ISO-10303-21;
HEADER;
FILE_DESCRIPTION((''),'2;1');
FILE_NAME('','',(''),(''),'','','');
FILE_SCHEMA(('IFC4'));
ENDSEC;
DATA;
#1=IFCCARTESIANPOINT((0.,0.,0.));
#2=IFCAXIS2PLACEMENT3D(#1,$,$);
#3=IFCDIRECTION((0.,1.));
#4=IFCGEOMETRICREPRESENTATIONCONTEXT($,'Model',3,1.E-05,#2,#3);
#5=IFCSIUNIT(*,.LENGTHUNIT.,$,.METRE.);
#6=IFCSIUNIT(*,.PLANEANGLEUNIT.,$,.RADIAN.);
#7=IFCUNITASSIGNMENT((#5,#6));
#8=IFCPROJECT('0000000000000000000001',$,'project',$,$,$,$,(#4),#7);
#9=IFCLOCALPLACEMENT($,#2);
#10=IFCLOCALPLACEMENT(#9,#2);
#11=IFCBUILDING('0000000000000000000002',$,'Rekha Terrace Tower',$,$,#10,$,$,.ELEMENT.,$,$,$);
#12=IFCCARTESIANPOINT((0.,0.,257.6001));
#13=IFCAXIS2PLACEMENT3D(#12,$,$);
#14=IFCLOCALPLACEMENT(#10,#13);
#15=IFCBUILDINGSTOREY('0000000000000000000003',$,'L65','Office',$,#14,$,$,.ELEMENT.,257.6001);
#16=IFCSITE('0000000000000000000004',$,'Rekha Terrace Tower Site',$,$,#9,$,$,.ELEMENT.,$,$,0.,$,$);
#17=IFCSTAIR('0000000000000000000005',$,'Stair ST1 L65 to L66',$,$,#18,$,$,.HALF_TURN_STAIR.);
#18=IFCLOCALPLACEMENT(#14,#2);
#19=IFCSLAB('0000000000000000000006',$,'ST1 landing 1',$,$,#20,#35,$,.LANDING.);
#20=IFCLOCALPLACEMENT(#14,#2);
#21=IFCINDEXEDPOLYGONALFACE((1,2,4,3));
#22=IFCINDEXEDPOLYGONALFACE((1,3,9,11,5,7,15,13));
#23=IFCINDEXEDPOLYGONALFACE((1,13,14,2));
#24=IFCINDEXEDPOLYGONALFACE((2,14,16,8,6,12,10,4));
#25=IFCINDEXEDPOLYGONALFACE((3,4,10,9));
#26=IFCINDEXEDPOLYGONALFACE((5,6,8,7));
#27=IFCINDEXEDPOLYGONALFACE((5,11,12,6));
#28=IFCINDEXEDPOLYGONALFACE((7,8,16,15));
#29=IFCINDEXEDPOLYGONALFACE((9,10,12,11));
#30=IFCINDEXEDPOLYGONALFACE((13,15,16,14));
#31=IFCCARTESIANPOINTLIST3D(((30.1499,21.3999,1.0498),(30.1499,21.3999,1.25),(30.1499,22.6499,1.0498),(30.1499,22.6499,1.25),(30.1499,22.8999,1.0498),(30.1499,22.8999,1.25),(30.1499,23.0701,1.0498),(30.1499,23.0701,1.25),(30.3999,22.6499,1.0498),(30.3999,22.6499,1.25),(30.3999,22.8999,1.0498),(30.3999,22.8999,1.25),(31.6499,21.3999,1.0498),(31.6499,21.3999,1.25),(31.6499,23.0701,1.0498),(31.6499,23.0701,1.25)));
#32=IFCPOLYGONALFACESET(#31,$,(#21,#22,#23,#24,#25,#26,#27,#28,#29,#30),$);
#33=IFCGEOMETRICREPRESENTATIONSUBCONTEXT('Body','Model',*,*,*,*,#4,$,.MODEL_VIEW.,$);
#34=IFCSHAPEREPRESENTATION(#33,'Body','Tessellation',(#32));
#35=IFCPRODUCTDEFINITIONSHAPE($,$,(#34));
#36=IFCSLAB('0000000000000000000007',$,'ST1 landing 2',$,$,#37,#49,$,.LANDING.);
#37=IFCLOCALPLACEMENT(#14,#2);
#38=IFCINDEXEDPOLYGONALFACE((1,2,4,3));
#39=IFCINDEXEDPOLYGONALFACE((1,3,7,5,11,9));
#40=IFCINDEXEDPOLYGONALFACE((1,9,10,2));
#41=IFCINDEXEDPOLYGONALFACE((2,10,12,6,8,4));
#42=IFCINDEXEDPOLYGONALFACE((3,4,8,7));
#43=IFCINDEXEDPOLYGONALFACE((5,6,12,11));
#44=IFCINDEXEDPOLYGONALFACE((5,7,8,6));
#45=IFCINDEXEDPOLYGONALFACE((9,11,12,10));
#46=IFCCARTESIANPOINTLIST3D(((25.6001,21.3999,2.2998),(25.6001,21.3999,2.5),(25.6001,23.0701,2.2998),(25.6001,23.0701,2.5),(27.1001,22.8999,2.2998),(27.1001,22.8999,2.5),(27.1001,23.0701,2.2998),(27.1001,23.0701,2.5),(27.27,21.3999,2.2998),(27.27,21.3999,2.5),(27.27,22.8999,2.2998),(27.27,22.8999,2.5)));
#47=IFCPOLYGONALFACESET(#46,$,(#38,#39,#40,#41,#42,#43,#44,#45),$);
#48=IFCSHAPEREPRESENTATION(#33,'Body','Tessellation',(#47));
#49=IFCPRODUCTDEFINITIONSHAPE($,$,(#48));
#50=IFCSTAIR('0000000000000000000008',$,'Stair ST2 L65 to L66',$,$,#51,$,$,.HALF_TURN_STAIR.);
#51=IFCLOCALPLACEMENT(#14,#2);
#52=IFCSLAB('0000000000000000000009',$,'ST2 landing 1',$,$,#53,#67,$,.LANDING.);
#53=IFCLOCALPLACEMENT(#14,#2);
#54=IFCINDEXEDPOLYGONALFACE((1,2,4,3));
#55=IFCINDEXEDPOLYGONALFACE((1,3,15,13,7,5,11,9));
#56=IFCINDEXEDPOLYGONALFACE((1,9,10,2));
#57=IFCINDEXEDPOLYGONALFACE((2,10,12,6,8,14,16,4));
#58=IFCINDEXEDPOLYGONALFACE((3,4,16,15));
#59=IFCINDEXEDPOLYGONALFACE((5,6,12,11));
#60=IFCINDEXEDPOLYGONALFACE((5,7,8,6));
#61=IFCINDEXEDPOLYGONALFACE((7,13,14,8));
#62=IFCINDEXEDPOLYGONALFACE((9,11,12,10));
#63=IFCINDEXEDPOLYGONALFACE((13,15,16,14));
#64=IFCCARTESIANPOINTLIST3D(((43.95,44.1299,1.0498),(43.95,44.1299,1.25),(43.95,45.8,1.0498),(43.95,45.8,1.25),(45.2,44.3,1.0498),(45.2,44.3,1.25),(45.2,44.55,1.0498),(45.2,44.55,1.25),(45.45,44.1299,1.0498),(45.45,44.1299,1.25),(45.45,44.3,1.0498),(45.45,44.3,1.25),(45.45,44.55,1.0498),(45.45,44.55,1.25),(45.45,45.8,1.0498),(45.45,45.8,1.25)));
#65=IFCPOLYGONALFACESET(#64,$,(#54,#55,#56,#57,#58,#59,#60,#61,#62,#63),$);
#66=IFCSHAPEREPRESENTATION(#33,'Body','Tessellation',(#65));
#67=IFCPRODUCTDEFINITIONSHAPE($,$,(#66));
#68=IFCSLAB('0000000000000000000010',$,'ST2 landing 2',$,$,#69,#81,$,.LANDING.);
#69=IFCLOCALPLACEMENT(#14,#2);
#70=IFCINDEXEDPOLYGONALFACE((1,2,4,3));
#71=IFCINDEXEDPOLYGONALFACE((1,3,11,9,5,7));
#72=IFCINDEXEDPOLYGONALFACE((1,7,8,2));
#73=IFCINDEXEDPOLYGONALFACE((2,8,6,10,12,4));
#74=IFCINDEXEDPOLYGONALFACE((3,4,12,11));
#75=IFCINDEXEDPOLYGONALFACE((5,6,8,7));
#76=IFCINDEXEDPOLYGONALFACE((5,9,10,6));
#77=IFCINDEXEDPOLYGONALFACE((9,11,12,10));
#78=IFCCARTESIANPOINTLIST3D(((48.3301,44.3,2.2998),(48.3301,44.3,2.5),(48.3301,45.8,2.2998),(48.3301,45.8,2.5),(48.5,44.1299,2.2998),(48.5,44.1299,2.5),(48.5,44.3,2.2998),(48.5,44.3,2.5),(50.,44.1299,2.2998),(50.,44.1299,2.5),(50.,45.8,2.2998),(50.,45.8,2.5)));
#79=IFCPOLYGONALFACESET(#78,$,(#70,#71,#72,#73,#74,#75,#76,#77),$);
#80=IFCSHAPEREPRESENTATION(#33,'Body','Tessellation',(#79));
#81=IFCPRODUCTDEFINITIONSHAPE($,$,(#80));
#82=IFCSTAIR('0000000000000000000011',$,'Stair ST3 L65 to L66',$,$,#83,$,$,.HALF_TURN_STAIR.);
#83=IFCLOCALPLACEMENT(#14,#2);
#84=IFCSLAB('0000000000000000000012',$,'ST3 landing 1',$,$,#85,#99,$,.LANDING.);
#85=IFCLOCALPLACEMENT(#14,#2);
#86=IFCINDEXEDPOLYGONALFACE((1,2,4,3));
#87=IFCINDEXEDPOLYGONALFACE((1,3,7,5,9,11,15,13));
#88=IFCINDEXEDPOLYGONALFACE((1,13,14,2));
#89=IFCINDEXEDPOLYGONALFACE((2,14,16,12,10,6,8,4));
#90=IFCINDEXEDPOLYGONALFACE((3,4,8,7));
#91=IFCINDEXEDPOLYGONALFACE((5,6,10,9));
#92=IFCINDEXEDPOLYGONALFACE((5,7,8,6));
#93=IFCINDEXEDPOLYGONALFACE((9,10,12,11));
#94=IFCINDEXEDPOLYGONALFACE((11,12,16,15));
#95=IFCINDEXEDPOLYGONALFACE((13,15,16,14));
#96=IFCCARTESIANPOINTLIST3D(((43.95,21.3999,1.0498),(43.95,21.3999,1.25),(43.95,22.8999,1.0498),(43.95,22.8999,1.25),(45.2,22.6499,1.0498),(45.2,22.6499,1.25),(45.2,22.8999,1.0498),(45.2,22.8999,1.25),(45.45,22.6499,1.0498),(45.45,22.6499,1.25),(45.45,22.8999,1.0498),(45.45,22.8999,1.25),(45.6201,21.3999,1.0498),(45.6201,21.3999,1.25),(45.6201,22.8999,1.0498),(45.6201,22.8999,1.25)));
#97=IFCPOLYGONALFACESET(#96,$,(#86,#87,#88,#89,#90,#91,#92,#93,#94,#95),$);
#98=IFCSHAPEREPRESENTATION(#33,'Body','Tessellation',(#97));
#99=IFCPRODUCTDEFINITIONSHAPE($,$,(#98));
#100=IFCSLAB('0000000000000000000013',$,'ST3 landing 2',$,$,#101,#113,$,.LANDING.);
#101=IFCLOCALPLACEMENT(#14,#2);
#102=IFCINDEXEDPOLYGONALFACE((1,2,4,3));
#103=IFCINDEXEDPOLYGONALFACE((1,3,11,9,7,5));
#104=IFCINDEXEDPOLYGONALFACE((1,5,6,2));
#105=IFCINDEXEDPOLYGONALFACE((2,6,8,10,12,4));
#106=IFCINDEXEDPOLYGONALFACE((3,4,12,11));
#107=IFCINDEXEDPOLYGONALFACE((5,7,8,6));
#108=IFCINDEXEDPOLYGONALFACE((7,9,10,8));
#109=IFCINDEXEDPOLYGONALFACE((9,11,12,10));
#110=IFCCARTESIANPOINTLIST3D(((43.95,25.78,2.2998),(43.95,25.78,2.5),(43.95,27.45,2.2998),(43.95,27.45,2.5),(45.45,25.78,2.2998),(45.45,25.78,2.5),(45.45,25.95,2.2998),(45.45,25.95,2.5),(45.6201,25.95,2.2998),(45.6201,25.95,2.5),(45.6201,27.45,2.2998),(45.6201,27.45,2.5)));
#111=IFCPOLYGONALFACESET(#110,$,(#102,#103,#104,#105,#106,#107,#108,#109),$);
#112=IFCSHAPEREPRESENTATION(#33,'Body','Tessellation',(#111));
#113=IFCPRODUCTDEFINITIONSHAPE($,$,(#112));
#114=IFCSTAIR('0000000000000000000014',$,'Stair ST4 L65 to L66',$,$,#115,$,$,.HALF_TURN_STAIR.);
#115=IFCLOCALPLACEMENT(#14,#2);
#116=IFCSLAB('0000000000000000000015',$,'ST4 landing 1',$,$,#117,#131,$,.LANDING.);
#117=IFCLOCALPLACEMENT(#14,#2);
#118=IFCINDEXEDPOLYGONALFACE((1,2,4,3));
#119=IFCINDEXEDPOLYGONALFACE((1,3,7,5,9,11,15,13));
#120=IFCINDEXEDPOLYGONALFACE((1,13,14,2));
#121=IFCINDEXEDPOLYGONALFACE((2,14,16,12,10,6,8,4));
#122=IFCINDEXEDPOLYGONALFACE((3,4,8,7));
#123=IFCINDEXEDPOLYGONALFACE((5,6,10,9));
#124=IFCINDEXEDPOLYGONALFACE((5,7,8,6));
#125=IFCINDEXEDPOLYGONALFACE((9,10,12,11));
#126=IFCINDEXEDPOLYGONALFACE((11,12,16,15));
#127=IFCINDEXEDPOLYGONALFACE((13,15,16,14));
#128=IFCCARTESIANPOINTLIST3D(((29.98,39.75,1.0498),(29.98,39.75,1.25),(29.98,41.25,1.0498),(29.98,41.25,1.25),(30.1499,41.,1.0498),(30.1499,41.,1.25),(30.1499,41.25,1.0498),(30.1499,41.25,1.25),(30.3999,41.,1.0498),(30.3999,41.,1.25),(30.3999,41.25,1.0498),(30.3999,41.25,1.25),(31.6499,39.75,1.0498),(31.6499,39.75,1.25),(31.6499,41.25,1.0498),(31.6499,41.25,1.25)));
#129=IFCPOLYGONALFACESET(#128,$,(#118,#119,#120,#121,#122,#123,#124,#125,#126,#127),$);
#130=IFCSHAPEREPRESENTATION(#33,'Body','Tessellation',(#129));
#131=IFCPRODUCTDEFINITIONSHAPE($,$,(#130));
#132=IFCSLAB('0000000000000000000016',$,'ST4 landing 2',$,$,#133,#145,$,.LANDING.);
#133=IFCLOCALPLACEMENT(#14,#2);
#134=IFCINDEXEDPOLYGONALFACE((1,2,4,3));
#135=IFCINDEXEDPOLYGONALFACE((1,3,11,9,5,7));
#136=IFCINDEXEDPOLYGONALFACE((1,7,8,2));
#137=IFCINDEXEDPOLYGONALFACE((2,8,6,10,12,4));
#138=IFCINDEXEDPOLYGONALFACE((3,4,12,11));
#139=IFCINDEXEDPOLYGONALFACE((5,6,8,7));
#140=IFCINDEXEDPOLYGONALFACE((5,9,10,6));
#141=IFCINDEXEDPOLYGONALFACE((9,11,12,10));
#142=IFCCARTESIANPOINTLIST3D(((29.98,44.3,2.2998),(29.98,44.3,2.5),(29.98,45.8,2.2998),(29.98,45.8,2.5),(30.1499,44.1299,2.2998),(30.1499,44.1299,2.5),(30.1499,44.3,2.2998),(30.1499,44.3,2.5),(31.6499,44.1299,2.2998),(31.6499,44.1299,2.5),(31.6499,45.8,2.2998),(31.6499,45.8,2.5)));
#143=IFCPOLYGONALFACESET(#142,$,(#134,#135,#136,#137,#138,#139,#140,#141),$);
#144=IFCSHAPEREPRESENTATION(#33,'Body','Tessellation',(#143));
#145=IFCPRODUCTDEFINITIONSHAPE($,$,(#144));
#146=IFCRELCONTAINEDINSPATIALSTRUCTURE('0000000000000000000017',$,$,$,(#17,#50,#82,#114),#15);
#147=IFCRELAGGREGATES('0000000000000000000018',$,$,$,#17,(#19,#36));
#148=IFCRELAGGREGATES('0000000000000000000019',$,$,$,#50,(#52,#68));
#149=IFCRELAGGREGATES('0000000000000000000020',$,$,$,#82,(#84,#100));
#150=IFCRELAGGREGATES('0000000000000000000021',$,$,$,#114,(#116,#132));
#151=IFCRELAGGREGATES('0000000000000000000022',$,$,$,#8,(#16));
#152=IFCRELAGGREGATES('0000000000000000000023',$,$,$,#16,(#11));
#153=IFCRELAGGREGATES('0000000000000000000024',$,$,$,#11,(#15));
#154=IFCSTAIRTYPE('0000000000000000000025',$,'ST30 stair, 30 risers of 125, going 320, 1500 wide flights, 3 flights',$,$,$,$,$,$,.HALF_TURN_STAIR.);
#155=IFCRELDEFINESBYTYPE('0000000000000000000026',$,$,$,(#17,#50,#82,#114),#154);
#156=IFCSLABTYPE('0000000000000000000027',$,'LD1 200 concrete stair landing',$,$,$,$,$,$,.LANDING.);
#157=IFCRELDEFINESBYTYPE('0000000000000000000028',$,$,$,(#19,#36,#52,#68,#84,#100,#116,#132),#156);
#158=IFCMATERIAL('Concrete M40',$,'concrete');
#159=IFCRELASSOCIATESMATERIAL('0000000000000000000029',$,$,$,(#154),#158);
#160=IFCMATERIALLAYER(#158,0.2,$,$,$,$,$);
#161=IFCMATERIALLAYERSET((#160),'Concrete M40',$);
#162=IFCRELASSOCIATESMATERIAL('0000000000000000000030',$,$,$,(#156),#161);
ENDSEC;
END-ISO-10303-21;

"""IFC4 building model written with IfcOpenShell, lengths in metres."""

from ifc_helpers import new_model, si_unit, direction, frame, origin, place, context, subcontext, project, spatial, polyline, outline, extrude, material, layer, layer_set, type_object, element, aggregate, save


model = new_model("IFC4")

# Units and contexts
model_context = context("Model", 3, precision=1e-05, world=origin(), true_north=direction((0.0, 1.0)))
body_context = subcontext(model_context, "Body", "Model", "MODEL_VIEW")
ifc_project = project(units=[si_unit("LENGTHUNIT", "METRE"), si_unit("PLANEANGLEUNIT", "RADIAN")], contexts=[model_context])

# Site, building, storey
site_placement = place(None, origin())
site = spatial("IfcSite", under=ifc_project, at=site_placement, Name="Rekha Terrace Tower Site", CompositionType="ELEMENT", RefElevation=0.0)
building_placement = place(site_placement, origin())
building = spatial("IfcBuilding", under=site, at=building_placement, Name="Rekha Terrace Tower", CompositionType="ELEMENT")
storey_placement = place(building_placement, frame((0.0, 0.0, 257.6001)))
storey = spatial("IfcBuildingStorey", under=building, at=storey_placement, Name="L65", Description="Office", CompositionType="ELEMENT", Elevation=257.6001)

# Stairs, slabs
ifc_material_1 = material(Name="Concrete M40", Category="concrete")
stair_type = type_object("IfcStairType", Name="ST30 stair, 30 risers of 125, going 320, 1500 wide flights, 3 flights", PredefinedType="HALF_TURN_STAIR", material=ifc_material_1)
stair_1_placement = place(storey_placement, origin())
stair_1 = element("IfcStair", 1, at=stair_1_placement, inside=storey, type_object=stair_type, Name="Stair ST1 L65 to L66", PredefinedType="HALF_TURN_STAIR")
ifc_layer_1 = layer(ifc_material_1, 0.2)
ifc_layer_set_1 = layer_set([ifc_layer_1], Name="Concrete M40")
slab_type_1 = type_object("IfcSlabType", Name="LD1 200 concrete stair landing", PredefinedType="LANDING", material=ifc_layer_set_1)
slab_1_placement = place(storey_placement, frame((0.0, 0.0, 1.0498)))
slab_1 = element("IfcSlab", 2, at=slab_1_placement, type_object=slab_type_1, Name="ST1 landing 1", PredefinedType="LANDING", context=body_context, shape_type="SweptSolid", body=[
    extrude(outline(polyline([(30.1499, 21.3999), (31.6499, 21.3999), (31.6499, 23.0701), (30.1499, 23.0701), (30.1499, 22.8999), (30.3999, 22.8999), (30.3999, 22.6499), (30.1499, 22.6499), (30.1499, 21.3999)])), origin(), (0.0, 0.0, 1.0), 0.2002),
])
slab_2_placement = place(storey_placement, frame((0.0, 0.0, 2.2998)))
slab_2 = element("IfcSlab", 3, at=slab_2_placement, type_object=slab_type_1, Name="ST1 landing 2", PredefinedType="LANDING", context=body_context, shape_type="SweptSolid", body=[
    extrude(outline(polyline([(27.1001, 23.0701), (25.6001, 23.0701), (25.6001, 21.3999), (27.27, 21.3999), (27.27, 22.8999), (27.1001, 22.8999), (27.1001, 23.0701)])), origin(), (0.0, 0.0, 1.0), 0.2002),
])
aggregate(stair_1, [slab_1, slab_2])
stair_2_placement = place(storey_placement, origin())
stair_2 = element("IfcStair", 4, at=stair_2_placement, inside=storey, type_object=stair_type, Name="Stair ST2 L65 to L66", PredefinedType="HALF_TURN_STAIR")
slab_3_placement = place(storey_placement, frame((0.0, 0.0, 1.0498)))
slab_3 = element("IfcSlab", 5, at=slab_3_placement, type_object=slab_type_1, Name="ST2 landing 1", PredefinedType="LANDING", context=body_context, shape_type="SweptSolid", body=[
    extrude(outline(polyline([(45.45, 45.8), (43.95, 45.8), (43.95, 44.1299), (45.45, 44.1299), (45.45, 44.3), (45.2, 44.3), (45.2, 44.55), (45.45, 44.55), (45.45, 45.8)])), origin(), (0.0, 0.0, 1.0), 0.2002),
])
slab_4_placement = place(storey_placement, frame((0.0, 0.0, 2.2998)))
slab_4 = element("IfcSlab", 6, at=slab_4_placement, type_object=slab_type_1, Name="ST2 landing 2", PredefinedType="LANDING", context=body_context, shape_type="SweptSolid", body=[
    extrude(outline(polyline([(48.5, 44.1299), (50.0, 44.1299), (50.0, 45.8), (48.3301, 45.8), (48.3301, 44.3), (48.5, 44.3), (48.5, 44.1299)])), origin(), (0.0, 0.0, 1.0), 0.2002),
])
aggregate(stair_2, [slab_3, slab_4])
stair_3_placement = place(storey_placement, origin())
stair_3 = element("IfcStair", 7, at=stair_3_placement, inside=storey, type_object=stair_type, Name="Stair ST3 L65 to L66", PredefinedType="HALF_TURN_STAIR")
slab_5_placement = place(storey_placement, frame((0.0, 0.0, 1.0498)))
slab_5 = element("IfcSlab", 8, at=slab_5_placement, type_object=slab_type_1, Name="ST3 landing 1", PredefinedType="LANDING", context=body_context, shape_type="SweptSolid", body=[
    extrude(outline(polyline([(43.95, 22.8999), (43.95, 21.3999), (45.6201, 21.3999), (45.6201, 22.8999), (45.45, 22.8999), (45.45, 22.6499), (45.2, 22.6499), (45.2, 22.8999), (43.95, 22.8999)])), origin(), (0.0, 0.0, 1.0), 0.2002),
])
slab_6_placement = place(storey_placement, frame((0.0, 0.0, 2.2998)))
slab_6 = element("IfcSlab", 9, at=slab_6_placement, type_object=slab_type_1, Name="ST3 landing 2", PredefinedType="LANDING", context=body_context, shape_type="SweptSolid", body=[
    extrude(outline(polyline([(45.6201, 25.95), (45.6201, 27.45), (43.95, 27.45), (43.95, 25.78), (45.45, 25.78), (45.45, 25.95), (45.6201, 25.95)])), origin(), (0.0, 0.0, 1.0), 0.2002),
])
aggregate(stair_3, [slab_5, slab_6])
stair_4_placement = place(storey_placement, origin())
stair_4 = element("IfcStair", 10, at=stair_4_placement, inside=storey, type_object=stair_type, Name="Stair ST4 L65 to L66", PredefinedType="HALF_TURN_STAIR")
slab_7_placement = place(storey_placement, frame((0.0, 0.0, 1.0498)))
slab_7 = element("IfcSlab", 11, at=slab_7_placement, type_object=slab_type_1, Name="ST4 landing 1", PredefinedType="LANDING", context=body_context, shape_type="SweptSolid", body=[
    extrude(outline(polyline([(31.6499, 41.25), (31.6499, 39.75), (29.98, 39.75), (29.98, 41.25), (30.1499, 41.25), (30.1499, 41.0), (30.3999, 41.0), (30.3999, 41.25), (31.6499, 41.25)])), origin(), (0.0, 0.0, 1.0), 0.2002),
])
slab_8_placement = place(storey_placement, frame((0.0, 0.0, 2.2998)))
slab_8 = element("IfcSlab", 12, at=slab_8_placement, type_object=slab_type_1, Name="ST4 landing 2", PredefinedType="LANDING", context=body_context, shape_type="SweptSolid", body=[
    extrude(outline(polyline([(29.98, 44.3), (29.98, 45.8), (31.6499, 45.8), (31.6499, 44.1299), (30.1499, 44.1299), (30.1499, 44.3), (29.98, 44.3)])), origin(), (0.0, 0.0, 1.0), 0.2002),
])
aggregate(stair_4, [slab_7, slab_8])

save(model, "model.ifc")
